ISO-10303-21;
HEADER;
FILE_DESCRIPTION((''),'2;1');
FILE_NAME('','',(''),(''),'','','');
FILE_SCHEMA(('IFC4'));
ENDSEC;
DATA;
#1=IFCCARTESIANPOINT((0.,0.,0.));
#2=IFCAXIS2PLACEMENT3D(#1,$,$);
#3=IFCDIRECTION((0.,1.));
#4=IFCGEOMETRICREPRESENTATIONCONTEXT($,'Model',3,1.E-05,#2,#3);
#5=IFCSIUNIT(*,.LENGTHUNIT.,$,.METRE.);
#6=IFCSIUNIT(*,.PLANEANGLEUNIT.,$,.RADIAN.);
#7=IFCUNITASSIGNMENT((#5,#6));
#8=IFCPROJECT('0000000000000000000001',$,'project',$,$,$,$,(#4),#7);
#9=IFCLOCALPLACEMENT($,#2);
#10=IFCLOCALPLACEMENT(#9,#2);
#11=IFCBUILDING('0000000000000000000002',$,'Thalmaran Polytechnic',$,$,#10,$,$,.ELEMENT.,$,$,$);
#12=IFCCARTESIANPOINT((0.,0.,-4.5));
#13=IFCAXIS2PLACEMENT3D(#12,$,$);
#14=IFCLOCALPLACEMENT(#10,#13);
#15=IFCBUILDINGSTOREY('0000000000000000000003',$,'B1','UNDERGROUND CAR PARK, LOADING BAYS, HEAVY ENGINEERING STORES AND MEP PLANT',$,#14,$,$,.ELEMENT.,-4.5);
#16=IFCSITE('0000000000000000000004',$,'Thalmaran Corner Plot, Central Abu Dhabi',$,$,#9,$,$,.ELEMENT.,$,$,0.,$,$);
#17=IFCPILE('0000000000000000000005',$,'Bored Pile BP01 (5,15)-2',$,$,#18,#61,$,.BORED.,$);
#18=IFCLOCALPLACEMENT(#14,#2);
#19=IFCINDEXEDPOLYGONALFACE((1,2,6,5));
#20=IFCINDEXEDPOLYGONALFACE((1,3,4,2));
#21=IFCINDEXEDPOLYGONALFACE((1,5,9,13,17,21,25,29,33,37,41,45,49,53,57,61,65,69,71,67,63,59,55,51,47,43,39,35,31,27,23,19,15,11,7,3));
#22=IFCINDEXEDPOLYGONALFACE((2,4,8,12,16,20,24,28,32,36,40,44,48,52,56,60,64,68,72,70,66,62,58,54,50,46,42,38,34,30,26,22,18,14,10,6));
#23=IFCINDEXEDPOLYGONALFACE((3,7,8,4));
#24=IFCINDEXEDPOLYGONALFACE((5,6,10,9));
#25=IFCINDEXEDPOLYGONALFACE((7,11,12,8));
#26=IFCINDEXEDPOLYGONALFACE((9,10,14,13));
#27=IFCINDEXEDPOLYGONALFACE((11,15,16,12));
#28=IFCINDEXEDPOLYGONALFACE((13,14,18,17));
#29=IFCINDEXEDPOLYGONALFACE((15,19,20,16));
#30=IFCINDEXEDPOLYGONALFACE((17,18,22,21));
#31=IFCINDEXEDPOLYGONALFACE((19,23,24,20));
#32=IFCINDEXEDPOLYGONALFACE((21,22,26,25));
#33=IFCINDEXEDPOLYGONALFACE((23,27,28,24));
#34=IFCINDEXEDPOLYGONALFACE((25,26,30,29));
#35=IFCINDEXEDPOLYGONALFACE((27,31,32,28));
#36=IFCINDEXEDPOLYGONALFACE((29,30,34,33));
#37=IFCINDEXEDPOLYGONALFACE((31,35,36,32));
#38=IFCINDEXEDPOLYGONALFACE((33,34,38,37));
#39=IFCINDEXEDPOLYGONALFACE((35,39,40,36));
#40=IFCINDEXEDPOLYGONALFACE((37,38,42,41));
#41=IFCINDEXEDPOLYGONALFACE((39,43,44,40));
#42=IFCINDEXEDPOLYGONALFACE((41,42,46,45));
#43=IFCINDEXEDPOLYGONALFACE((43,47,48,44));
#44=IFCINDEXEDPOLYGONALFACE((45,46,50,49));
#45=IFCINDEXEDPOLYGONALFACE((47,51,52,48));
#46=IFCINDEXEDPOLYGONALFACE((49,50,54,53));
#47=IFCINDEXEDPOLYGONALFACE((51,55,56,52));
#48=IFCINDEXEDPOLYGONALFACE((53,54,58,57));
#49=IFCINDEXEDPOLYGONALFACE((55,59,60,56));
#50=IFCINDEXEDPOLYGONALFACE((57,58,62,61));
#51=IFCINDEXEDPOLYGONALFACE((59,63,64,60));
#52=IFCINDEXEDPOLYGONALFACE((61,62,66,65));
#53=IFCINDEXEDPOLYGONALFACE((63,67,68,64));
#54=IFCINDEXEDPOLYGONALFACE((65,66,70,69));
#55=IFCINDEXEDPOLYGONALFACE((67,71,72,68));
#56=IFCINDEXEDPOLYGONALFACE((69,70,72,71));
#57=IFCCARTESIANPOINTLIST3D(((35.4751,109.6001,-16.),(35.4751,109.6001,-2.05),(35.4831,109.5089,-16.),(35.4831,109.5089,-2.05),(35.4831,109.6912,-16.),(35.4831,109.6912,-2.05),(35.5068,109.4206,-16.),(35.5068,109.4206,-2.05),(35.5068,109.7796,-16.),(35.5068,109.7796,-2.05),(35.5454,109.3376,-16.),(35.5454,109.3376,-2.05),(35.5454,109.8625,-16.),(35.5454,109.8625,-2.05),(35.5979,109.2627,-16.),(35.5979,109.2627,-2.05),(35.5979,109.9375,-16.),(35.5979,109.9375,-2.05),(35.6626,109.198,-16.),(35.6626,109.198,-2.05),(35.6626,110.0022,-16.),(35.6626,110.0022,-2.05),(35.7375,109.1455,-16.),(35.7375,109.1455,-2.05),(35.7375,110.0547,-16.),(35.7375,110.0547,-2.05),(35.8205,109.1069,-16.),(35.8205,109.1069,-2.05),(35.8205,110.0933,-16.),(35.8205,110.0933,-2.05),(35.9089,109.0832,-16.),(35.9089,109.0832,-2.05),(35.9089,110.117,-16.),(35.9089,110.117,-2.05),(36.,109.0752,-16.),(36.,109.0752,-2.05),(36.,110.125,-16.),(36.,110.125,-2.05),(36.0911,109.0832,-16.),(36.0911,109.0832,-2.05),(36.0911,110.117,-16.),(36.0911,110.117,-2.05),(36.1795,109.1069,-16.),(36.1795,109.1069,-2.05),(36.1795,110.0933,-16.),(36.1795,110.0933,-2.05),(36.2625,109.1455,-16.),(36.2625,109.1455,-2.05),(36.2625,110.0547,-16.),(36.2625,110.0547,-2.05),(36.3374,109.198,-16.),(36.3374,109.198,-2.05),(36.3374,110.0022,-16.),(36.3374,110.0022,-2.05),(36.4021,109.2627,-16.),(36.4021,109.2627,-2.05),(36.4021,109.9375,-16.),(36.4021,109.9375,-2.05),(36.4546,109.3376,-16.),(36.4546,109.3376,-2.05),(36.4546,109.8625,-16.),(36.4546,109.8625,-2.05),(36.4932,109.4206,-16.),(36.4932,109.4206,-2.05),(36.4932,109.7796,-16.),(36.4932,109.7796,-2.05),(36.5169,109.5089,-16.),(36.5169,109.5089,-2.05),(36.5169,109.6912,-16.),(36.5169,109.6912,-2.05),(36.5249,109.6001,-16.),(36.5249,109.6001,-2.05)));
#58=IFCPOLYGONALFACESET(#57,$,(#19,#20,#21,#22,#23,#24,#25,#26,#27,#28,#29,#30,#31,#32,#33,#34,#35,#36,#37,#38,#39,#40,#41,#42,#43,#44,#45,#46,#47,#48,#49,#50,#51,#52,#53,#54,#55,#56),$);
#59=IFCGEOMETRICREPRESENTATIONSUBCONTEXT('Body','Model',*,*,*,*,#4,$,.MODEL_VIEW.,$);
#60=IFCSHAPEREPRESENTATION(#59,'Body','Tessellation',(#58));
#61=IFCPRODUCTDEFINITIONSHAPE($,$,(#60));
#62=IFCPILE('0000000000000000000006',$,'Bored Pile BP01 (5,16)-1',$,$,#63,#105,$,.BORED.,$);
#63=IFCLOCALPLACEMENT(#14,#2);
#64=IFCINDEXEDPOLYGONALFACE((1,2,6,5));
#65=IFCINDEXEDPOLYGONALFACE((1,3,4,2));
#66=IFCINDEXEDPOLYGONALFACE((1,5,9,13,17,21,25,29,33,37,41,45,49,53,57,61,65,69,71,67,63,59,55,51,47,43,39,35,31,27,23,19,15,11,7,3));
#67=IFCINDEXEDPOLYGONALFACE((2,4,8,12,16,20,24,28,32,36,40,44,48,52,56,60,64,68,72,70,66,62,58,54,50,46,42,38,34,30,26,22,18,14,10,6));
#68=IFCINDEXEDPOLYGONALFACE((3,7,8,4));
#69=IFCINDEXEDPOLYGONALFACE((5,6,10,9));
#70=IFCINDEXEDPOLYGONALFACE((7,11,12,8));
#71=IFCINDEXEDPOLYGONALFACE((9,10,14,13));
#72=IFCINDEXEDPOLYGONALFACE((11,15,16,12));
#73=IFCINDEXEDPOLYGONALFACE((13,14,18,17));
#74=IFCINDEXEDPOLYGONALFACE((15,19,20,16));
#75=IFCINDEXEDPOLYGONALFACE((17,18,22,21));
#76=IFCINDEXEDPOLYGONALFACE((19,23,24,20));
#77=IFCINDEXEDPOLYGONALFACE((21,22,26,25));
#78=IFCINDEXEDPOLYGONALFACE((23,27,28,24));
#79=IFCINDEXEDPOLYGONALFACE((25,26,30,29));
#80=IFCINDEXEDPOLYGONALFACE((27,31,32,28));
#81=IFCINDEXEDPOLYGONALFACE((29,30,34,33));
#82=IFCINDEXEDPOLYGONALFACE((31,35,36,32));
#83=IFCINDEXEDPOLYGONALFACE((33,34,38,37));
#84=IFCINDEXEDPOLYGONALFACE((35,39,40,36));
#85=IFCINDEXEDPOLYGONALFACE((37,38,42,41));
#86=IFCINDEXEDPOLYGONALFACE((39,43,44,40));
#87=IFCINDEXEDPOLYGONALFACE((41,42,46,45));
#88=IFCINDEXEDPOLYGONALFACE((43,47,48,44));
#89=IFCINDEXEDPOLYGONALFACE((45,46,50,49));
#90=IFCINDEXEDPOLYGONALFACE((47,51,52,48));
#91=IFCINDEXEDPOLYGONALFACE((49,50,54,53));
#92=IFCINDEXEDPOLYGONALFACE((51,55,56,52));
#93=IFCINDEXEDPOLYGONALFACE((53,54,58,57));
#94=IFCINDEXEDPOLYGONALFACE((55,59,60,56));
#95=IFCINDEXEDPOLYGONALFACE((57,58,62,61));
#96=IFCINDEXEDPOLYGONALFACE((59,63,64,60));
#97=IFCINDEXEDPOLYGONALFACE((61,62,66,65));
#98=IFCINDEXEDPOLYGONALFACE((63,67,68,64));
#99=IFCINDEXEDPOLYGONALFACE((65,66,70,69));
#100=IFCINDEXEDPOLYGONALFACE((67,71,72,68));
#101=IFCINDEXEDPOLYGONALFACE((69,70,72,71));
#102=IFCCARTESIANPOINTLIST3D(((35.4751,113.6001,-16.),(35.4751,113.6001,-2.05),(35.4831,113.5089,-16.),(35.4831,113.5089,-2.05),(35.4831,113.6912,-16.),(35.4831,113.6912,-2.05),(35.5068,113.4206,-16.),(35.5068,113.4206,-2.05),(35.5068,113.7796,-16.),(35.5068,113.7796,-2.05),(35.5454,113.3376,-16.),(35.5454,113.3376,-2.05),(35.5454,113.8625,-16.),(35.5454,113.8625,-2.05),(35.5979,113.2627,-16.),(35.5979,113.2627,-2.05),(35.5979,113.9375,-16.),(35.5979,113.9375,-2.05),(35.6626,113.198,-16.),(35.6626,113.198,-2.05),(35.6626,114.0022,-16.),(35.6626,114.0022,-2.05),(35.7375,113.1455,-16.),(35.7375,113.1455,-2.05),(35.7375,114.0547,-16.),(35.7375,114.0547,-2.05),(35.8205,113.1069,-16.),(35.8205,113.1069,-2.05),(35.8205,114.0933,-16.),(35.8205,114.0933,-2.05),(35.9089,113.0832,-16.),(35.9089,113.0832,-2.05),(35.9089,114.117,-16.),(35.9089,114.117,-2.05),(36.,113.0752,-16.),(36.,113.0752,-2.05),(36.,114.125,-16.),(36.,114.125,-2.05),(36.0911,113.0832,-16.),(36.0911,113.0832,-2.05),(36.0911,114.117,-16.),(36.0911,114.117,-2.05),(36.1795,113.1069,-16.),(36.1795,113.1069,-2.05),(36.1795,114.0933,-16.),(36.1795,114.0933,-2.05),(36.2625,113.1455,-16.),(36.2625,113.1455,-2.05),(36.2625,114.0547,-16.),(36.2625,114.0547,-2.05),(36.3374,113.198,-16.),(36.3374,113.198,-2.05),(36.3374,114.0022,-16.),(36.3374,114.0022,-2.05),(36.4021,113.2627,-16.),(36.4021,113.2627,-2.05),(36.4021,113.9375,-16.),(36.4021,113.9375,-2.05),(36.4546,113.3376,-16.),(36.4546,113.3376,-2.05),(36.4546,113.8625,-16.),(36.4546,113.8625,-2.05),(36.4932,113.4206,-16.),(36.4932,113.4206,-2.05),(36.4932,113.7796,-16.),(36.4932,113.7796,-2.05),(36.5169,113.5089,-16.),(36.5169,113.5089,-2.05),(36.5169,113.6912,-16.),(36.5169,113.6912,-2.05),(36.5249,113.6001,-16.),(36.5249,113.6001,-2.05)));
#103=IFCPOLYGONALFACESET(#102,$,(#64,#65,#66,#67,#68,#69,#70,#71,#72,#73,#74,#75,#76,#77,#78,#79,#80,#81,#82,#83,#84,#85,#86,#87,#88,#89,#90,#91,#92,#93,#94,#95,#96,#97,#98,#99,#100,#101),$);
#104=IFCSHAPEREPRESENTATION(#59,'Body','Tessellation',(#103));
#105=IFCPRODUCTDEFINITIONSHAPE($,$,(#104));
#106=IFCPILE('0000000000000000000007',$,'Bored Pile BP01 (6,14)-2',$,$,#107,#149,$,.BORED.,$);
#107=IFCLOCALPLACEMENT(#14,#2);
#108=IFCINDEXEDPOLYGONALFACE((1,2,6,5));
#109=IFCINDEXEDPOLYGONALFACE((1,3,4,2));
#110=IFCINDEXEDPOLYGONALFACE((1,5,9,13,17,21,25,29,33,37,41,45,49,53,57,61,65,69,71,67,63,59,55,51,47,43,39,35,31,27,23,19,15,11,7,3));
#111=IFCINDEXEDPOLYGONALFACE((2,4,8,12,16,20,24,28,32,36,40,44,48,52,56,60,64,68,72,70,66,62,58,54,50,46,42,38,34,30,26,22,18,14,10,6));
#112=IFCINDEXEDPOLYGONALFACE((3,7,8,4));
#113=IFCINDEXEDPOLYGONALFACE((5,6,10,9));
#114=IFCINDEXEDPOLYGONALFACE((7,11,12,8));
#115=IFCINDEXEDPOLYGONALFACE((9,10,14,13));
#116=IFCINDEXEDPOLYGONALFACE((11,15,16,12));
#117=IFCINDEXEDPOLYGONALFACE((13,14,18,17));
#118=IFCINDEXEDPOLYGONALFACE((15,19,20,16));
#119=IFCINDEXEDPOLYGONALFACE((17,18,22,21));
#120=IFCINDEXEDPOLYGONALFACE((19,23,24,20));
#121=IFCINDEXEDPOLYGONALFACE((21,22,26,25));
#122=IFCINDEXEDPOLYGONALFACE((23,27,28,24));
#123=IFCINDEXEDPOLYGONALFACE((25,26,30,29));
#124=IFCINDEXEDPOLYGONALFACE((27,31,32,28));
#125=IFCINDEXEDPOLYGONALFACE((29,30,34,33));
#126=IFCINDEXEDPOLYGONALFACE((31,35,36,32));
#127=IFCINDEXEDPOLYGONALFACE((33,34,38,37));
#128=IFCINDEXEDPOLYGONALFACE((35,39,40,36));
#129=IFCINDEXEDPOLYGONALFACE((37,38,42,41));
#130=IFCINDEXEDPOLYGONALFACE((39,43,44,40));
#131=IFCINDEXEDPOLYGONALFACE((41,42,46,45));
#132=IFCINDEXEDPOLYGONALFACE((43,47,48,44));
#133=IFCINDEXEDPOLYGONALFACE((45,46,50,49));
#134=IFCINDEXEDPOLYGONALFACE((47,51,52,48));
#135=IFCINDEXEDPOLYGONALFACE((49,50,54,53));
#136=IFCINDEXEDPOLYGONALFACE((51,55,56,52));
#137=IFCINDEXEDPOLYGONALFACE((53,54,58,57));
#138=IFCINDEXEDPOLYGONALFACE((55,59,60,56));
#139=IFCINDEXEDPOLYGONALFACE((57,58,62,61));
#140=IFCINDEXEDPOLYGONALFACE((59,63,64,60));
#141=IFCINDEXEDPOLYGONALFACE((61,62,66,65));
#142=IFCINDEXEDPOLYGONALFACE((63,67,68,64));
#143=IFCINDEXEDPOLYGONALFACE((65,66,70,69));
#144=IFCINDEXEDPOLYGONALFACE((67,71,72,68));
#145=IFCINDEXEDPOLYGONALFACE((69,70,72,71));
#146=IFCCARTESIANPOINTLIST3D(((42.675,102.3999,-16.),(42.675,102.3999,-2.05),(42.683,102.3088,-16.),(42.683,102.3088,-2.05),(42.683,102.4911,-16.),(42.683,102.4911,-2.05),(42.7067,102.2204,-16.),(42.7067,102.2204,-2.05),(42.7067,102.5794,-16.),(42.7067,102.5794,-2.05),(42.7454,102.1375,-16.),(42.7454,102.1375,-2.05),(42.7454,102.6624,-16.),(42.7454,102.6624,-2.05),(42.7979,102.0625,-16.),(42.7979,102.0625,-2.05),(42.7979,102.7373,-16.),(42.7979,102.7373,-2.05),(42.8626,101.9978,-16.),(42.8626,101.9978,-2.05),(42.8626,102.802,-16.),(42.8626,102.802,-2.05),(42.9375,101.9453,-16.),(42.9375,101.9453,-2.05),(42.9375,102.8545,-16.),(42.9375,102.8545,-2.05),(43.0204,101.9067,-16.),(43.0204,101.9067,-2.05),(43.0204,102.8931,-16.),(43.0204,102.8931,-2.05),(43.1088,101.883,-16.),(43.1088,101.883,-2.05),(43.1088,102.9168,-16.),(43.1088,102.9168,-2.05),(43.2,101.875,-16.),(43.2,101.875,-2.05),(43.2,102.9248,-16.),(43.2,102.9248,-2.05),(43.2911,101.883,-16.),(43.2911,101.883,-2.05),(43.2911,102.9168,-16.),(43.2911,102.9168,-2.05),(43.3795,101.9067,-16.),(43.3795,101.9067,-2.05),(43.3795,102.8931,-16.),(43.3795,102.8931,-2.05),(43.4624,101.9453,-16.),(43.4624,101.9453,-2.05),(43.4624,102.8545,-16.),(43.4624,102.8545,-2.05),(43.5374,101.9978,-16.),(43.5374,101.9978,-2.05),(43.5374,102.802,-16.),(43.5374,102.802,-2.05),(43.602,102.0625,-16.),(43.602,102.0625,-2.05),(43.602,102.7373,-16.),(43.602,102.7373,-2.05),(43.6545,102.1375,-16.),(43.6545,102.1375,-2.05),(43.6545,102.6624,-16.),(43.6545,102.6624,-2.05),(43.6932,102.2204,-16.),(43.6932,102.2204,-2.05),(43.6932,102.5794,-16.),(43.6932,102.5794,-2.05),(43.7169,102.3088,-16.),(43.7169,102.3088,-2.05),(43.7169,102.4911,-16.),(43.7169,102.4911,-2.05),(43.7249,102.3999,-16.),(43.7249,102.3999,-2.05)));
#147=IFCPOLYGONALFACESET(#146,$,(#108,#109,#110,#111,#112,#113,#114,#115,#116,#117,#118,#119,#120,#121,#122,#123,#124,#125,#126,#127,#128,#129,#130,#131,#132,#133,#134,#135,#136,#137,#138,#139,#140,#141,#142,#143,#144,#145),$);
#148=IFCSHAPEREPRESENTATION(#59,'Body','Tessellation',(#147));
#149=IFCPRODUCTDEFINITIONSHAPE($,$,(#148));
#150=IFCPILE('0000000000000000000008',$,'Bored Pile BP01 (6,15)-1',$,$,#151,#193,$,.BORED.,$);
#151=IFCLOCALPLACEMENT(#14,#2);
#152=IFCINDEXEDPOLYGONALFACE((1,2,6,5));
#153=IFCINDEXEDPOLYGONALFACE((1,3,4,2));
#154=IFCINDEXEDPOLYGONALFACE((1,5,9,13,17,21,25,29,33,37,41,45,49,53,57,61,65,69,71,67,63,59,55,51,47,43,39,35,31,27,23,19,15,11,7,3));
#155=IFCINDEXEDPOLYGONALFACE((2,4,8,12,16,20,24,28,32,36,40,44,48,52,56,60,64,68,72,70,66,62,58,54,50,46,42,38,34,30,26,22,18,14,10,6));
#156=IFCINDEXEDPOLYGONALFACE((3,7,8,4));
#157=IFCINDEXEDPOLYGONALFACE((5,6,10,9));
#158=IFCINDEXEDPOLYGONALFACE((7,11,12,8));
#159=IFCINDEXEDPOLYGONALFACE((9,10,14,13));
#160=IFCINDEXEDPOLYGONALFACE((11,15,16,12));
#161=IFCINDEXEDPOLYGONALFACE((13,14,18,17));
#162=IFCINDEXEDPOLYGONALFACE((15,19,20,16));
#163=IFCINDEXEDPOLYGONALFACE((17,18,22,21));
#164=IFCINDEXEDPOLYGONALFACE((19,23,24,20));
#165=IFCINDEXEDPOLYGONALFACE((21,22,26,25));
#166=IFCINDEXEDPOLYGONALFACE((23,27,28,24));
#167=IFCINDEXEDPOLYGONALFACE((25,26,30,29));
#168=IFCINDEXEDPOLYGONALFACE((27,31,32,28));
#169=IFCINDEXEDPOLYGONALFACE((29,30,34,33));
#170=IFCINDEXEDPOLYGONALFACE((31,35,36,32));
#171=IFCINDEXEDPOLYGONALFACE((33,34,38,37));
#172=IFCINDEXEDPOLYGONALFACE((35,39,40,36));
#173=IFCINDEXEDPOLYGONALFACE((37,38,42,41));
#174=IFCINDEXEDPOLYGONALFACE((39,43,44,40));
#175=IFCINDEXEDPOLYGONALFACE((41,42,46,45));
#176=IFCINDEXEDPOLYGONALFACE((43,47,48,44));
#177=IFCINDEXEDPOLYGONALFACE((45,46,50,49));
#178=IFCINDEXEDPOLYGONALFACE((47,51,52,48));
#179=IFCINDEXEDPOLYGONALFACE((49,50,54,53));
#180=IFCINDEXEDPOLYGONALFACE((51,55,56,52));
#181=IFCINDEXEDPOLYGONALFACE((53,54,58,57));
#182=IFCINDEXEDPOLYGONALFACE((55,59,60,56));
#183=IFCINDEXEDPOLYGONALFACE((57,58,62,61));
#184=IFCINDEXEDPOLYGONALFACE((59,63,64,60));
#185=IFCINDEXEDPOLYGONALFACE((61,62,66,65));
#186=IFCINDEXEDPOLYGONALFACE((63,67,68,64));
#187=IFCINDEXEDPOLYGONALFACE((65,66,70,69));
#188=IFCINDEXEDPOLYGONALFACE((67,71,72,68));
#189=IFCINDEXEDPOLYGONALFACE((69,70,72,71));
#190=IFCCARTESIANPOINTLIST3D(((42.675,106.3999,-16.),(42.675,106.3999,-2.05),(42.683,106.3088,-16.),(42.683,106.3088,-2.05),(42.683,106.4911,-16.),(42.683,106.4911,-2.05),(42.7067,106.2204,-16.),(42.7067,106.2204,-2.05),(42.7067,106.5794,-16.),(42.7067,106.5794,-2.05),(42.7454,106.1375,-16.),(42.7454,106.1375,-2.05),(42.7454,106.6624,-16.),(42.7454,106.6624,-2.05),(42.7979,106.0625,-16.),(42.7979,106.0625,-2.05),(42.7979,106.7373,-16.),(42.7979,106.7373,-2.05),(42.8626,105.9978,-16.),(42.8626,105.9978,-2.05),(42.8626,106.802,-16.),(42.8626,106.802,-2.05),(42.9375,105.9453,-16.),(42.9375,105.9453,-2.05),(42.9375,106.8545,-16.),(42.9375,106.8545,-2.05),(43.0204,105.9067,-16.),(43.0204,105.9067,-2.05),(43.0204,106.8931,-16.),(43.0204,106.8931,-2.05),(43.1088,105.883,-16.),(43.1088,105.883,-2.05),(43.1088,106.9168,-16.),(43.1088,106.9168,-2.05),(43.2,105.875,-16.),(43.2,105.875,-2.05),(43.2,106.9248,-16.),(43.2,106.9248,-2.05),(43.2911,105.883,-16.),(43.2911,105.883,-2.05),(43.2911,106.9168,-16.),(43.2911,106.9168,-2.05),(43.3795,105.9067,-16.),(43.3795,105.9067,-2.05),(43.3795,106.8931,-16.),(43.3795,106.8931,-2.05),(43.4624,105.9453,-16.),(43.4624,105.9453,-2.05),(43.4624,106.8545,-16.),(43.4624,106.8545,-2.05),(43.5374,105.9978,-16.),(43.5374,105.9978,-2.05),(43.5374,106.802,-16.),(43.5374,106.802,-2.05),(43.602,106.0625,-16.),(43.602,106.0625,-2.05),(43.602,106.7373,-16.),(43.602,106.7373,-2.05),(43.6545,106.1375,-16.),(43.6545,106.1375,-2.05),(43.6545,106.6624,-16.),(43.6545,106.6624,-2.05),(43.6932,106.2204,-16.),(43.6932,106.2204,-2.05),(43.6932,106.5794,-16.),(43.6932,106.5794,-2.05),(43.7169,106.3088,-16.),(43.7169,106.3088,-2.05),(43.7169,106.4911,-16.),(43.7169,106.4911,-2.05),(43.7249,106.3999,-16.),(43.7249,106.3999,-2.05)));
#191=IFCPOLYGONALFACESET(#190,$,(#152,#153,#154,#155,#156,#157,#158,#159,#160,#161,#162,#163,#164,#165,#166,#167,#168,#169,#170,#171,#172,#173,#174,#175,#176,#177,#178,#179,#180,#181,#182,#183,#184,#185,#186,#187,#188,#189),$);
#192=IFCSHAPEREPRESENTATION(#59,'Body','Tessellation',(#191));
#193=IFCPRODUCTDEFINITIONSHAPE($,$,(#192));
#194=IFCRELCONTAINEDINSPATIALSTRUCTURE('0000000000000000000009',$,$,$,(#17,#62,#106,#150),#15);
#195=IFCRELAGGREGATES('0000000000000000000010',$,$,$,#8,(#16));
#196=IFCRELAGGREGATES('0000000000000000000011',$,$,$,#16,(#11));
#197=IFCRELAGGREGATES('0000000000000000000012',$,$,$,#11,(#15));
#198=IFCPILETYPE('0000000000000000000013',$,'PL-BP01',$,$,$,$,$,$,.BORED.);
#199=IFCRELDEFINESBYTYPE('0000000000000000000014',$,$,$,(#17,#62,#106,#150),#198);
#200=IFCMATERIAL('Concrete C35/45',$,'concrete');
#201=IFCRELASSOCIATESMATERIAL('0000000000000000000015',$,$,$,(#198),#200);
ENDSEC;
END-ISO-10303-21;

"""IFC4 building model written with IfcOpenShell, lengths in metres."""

from ifc_helpers import new_model, si_unit, direction, frame, origin, origin_2d, place, context, subcontext, project, spatial, circle, extrude, material, material_profile, profile_set, type_object, element, save


model = new_model("IFC4")

# Units and contexts
model_context = context("Model", 3, precision=1e-05, world=origin(), true_north=direction((0.0, 1.0)))
body_context = subcontext(model_context, "Body", "Model", "MODEL_VIEW")
ifc_project = project(units=[si_unit("LENGTHUNIT", "METRE"), si_unit("PLANEANGLEUNIT", "RADIAN")], contexts=[model_context])

# Site, building, storey
site_placement = place(None, origin())
site = spatial("IfcSite", under=ifc_project, at=site_placement, Name="Thalmaran Corner Plot, Central Abu Dhabi", CompositionType="ELEMENT", RefElevation=0.0)
building_placement = place(site_placement, origin())
building = spatial("IfcBuilding", under=site, at=building_placement, Name="Thalmaran Polytechnic", CompositionType="ELEMENT")
storey_placement = place(building_placement, frame((0.0, 0.0, -4.5)))
storey = spatial("IfcBuildingStorey", under=building, at=storey_placement, Name="B1", Description="UNDERGROUND CAR PARK, LOADING BAYS, HEAVY ENGINEERING STORES AND MEP PLANT", CompositionType="ELEMENT", Elevation=-4.5)

# Piles
ifc_material_1 = material(Name="Concrete C35/45", Category="concrete")
ifc_material_profile_1 = material_profile(ifc_material_1, circle(Radius=0.5249, at=origin_2d()), Name="RC 1050 DIA")
ifc_profile_set_1 = profile_set([ifc_material_profile_1], Name="Concrete C35/45")
pile_type = type_object("IfcPileType", Name="PL-BP01", PredefinedType="BORED", material=ifc_profile_set_1)
for number, where, z_axis, x_axis, name in (
    (1, (36.0, 109.6001, -2.05), (0.0, 0.0, -1.0), (1.0, 0.0, 0.0), "Bored Pile BP01 (5,15)-2"),
    (2, (36.0, 113.6001, -2.05), (0.0, 0.0, -1.0), (1.0, 0.0, 0.0), "Bored Pile BP01 (5,16)-1"),
    (3, (43.2, 102.3999, -2.05), (0.0, 0.0, -1.0), (1.0, 0.0, 0.0), "Bored Pile BP01 (6,14)-2"),
    (4, (43.2, 106.3999, -2.05), (0.0, 0.0, -1.0), (1.0, 0.0, 0.0), "Bored Pile BP01 (6,15)-1"),
):
    element("IfcPile", number, at=place(storey_placement, frame(where, z_axis=z_axis, x_axis=x_axis)), inside=storey, type_object=pile_type, Name=name, PredefinedType="BORED", context=body_context, shape_type="SweptSolid", body=[
        extrude(circle(Radius=0.5249, at=origin_2d()), origin(), (0.0, 0.0, 1.0), 13.95),
    ])

save(model, "model.ifc")
